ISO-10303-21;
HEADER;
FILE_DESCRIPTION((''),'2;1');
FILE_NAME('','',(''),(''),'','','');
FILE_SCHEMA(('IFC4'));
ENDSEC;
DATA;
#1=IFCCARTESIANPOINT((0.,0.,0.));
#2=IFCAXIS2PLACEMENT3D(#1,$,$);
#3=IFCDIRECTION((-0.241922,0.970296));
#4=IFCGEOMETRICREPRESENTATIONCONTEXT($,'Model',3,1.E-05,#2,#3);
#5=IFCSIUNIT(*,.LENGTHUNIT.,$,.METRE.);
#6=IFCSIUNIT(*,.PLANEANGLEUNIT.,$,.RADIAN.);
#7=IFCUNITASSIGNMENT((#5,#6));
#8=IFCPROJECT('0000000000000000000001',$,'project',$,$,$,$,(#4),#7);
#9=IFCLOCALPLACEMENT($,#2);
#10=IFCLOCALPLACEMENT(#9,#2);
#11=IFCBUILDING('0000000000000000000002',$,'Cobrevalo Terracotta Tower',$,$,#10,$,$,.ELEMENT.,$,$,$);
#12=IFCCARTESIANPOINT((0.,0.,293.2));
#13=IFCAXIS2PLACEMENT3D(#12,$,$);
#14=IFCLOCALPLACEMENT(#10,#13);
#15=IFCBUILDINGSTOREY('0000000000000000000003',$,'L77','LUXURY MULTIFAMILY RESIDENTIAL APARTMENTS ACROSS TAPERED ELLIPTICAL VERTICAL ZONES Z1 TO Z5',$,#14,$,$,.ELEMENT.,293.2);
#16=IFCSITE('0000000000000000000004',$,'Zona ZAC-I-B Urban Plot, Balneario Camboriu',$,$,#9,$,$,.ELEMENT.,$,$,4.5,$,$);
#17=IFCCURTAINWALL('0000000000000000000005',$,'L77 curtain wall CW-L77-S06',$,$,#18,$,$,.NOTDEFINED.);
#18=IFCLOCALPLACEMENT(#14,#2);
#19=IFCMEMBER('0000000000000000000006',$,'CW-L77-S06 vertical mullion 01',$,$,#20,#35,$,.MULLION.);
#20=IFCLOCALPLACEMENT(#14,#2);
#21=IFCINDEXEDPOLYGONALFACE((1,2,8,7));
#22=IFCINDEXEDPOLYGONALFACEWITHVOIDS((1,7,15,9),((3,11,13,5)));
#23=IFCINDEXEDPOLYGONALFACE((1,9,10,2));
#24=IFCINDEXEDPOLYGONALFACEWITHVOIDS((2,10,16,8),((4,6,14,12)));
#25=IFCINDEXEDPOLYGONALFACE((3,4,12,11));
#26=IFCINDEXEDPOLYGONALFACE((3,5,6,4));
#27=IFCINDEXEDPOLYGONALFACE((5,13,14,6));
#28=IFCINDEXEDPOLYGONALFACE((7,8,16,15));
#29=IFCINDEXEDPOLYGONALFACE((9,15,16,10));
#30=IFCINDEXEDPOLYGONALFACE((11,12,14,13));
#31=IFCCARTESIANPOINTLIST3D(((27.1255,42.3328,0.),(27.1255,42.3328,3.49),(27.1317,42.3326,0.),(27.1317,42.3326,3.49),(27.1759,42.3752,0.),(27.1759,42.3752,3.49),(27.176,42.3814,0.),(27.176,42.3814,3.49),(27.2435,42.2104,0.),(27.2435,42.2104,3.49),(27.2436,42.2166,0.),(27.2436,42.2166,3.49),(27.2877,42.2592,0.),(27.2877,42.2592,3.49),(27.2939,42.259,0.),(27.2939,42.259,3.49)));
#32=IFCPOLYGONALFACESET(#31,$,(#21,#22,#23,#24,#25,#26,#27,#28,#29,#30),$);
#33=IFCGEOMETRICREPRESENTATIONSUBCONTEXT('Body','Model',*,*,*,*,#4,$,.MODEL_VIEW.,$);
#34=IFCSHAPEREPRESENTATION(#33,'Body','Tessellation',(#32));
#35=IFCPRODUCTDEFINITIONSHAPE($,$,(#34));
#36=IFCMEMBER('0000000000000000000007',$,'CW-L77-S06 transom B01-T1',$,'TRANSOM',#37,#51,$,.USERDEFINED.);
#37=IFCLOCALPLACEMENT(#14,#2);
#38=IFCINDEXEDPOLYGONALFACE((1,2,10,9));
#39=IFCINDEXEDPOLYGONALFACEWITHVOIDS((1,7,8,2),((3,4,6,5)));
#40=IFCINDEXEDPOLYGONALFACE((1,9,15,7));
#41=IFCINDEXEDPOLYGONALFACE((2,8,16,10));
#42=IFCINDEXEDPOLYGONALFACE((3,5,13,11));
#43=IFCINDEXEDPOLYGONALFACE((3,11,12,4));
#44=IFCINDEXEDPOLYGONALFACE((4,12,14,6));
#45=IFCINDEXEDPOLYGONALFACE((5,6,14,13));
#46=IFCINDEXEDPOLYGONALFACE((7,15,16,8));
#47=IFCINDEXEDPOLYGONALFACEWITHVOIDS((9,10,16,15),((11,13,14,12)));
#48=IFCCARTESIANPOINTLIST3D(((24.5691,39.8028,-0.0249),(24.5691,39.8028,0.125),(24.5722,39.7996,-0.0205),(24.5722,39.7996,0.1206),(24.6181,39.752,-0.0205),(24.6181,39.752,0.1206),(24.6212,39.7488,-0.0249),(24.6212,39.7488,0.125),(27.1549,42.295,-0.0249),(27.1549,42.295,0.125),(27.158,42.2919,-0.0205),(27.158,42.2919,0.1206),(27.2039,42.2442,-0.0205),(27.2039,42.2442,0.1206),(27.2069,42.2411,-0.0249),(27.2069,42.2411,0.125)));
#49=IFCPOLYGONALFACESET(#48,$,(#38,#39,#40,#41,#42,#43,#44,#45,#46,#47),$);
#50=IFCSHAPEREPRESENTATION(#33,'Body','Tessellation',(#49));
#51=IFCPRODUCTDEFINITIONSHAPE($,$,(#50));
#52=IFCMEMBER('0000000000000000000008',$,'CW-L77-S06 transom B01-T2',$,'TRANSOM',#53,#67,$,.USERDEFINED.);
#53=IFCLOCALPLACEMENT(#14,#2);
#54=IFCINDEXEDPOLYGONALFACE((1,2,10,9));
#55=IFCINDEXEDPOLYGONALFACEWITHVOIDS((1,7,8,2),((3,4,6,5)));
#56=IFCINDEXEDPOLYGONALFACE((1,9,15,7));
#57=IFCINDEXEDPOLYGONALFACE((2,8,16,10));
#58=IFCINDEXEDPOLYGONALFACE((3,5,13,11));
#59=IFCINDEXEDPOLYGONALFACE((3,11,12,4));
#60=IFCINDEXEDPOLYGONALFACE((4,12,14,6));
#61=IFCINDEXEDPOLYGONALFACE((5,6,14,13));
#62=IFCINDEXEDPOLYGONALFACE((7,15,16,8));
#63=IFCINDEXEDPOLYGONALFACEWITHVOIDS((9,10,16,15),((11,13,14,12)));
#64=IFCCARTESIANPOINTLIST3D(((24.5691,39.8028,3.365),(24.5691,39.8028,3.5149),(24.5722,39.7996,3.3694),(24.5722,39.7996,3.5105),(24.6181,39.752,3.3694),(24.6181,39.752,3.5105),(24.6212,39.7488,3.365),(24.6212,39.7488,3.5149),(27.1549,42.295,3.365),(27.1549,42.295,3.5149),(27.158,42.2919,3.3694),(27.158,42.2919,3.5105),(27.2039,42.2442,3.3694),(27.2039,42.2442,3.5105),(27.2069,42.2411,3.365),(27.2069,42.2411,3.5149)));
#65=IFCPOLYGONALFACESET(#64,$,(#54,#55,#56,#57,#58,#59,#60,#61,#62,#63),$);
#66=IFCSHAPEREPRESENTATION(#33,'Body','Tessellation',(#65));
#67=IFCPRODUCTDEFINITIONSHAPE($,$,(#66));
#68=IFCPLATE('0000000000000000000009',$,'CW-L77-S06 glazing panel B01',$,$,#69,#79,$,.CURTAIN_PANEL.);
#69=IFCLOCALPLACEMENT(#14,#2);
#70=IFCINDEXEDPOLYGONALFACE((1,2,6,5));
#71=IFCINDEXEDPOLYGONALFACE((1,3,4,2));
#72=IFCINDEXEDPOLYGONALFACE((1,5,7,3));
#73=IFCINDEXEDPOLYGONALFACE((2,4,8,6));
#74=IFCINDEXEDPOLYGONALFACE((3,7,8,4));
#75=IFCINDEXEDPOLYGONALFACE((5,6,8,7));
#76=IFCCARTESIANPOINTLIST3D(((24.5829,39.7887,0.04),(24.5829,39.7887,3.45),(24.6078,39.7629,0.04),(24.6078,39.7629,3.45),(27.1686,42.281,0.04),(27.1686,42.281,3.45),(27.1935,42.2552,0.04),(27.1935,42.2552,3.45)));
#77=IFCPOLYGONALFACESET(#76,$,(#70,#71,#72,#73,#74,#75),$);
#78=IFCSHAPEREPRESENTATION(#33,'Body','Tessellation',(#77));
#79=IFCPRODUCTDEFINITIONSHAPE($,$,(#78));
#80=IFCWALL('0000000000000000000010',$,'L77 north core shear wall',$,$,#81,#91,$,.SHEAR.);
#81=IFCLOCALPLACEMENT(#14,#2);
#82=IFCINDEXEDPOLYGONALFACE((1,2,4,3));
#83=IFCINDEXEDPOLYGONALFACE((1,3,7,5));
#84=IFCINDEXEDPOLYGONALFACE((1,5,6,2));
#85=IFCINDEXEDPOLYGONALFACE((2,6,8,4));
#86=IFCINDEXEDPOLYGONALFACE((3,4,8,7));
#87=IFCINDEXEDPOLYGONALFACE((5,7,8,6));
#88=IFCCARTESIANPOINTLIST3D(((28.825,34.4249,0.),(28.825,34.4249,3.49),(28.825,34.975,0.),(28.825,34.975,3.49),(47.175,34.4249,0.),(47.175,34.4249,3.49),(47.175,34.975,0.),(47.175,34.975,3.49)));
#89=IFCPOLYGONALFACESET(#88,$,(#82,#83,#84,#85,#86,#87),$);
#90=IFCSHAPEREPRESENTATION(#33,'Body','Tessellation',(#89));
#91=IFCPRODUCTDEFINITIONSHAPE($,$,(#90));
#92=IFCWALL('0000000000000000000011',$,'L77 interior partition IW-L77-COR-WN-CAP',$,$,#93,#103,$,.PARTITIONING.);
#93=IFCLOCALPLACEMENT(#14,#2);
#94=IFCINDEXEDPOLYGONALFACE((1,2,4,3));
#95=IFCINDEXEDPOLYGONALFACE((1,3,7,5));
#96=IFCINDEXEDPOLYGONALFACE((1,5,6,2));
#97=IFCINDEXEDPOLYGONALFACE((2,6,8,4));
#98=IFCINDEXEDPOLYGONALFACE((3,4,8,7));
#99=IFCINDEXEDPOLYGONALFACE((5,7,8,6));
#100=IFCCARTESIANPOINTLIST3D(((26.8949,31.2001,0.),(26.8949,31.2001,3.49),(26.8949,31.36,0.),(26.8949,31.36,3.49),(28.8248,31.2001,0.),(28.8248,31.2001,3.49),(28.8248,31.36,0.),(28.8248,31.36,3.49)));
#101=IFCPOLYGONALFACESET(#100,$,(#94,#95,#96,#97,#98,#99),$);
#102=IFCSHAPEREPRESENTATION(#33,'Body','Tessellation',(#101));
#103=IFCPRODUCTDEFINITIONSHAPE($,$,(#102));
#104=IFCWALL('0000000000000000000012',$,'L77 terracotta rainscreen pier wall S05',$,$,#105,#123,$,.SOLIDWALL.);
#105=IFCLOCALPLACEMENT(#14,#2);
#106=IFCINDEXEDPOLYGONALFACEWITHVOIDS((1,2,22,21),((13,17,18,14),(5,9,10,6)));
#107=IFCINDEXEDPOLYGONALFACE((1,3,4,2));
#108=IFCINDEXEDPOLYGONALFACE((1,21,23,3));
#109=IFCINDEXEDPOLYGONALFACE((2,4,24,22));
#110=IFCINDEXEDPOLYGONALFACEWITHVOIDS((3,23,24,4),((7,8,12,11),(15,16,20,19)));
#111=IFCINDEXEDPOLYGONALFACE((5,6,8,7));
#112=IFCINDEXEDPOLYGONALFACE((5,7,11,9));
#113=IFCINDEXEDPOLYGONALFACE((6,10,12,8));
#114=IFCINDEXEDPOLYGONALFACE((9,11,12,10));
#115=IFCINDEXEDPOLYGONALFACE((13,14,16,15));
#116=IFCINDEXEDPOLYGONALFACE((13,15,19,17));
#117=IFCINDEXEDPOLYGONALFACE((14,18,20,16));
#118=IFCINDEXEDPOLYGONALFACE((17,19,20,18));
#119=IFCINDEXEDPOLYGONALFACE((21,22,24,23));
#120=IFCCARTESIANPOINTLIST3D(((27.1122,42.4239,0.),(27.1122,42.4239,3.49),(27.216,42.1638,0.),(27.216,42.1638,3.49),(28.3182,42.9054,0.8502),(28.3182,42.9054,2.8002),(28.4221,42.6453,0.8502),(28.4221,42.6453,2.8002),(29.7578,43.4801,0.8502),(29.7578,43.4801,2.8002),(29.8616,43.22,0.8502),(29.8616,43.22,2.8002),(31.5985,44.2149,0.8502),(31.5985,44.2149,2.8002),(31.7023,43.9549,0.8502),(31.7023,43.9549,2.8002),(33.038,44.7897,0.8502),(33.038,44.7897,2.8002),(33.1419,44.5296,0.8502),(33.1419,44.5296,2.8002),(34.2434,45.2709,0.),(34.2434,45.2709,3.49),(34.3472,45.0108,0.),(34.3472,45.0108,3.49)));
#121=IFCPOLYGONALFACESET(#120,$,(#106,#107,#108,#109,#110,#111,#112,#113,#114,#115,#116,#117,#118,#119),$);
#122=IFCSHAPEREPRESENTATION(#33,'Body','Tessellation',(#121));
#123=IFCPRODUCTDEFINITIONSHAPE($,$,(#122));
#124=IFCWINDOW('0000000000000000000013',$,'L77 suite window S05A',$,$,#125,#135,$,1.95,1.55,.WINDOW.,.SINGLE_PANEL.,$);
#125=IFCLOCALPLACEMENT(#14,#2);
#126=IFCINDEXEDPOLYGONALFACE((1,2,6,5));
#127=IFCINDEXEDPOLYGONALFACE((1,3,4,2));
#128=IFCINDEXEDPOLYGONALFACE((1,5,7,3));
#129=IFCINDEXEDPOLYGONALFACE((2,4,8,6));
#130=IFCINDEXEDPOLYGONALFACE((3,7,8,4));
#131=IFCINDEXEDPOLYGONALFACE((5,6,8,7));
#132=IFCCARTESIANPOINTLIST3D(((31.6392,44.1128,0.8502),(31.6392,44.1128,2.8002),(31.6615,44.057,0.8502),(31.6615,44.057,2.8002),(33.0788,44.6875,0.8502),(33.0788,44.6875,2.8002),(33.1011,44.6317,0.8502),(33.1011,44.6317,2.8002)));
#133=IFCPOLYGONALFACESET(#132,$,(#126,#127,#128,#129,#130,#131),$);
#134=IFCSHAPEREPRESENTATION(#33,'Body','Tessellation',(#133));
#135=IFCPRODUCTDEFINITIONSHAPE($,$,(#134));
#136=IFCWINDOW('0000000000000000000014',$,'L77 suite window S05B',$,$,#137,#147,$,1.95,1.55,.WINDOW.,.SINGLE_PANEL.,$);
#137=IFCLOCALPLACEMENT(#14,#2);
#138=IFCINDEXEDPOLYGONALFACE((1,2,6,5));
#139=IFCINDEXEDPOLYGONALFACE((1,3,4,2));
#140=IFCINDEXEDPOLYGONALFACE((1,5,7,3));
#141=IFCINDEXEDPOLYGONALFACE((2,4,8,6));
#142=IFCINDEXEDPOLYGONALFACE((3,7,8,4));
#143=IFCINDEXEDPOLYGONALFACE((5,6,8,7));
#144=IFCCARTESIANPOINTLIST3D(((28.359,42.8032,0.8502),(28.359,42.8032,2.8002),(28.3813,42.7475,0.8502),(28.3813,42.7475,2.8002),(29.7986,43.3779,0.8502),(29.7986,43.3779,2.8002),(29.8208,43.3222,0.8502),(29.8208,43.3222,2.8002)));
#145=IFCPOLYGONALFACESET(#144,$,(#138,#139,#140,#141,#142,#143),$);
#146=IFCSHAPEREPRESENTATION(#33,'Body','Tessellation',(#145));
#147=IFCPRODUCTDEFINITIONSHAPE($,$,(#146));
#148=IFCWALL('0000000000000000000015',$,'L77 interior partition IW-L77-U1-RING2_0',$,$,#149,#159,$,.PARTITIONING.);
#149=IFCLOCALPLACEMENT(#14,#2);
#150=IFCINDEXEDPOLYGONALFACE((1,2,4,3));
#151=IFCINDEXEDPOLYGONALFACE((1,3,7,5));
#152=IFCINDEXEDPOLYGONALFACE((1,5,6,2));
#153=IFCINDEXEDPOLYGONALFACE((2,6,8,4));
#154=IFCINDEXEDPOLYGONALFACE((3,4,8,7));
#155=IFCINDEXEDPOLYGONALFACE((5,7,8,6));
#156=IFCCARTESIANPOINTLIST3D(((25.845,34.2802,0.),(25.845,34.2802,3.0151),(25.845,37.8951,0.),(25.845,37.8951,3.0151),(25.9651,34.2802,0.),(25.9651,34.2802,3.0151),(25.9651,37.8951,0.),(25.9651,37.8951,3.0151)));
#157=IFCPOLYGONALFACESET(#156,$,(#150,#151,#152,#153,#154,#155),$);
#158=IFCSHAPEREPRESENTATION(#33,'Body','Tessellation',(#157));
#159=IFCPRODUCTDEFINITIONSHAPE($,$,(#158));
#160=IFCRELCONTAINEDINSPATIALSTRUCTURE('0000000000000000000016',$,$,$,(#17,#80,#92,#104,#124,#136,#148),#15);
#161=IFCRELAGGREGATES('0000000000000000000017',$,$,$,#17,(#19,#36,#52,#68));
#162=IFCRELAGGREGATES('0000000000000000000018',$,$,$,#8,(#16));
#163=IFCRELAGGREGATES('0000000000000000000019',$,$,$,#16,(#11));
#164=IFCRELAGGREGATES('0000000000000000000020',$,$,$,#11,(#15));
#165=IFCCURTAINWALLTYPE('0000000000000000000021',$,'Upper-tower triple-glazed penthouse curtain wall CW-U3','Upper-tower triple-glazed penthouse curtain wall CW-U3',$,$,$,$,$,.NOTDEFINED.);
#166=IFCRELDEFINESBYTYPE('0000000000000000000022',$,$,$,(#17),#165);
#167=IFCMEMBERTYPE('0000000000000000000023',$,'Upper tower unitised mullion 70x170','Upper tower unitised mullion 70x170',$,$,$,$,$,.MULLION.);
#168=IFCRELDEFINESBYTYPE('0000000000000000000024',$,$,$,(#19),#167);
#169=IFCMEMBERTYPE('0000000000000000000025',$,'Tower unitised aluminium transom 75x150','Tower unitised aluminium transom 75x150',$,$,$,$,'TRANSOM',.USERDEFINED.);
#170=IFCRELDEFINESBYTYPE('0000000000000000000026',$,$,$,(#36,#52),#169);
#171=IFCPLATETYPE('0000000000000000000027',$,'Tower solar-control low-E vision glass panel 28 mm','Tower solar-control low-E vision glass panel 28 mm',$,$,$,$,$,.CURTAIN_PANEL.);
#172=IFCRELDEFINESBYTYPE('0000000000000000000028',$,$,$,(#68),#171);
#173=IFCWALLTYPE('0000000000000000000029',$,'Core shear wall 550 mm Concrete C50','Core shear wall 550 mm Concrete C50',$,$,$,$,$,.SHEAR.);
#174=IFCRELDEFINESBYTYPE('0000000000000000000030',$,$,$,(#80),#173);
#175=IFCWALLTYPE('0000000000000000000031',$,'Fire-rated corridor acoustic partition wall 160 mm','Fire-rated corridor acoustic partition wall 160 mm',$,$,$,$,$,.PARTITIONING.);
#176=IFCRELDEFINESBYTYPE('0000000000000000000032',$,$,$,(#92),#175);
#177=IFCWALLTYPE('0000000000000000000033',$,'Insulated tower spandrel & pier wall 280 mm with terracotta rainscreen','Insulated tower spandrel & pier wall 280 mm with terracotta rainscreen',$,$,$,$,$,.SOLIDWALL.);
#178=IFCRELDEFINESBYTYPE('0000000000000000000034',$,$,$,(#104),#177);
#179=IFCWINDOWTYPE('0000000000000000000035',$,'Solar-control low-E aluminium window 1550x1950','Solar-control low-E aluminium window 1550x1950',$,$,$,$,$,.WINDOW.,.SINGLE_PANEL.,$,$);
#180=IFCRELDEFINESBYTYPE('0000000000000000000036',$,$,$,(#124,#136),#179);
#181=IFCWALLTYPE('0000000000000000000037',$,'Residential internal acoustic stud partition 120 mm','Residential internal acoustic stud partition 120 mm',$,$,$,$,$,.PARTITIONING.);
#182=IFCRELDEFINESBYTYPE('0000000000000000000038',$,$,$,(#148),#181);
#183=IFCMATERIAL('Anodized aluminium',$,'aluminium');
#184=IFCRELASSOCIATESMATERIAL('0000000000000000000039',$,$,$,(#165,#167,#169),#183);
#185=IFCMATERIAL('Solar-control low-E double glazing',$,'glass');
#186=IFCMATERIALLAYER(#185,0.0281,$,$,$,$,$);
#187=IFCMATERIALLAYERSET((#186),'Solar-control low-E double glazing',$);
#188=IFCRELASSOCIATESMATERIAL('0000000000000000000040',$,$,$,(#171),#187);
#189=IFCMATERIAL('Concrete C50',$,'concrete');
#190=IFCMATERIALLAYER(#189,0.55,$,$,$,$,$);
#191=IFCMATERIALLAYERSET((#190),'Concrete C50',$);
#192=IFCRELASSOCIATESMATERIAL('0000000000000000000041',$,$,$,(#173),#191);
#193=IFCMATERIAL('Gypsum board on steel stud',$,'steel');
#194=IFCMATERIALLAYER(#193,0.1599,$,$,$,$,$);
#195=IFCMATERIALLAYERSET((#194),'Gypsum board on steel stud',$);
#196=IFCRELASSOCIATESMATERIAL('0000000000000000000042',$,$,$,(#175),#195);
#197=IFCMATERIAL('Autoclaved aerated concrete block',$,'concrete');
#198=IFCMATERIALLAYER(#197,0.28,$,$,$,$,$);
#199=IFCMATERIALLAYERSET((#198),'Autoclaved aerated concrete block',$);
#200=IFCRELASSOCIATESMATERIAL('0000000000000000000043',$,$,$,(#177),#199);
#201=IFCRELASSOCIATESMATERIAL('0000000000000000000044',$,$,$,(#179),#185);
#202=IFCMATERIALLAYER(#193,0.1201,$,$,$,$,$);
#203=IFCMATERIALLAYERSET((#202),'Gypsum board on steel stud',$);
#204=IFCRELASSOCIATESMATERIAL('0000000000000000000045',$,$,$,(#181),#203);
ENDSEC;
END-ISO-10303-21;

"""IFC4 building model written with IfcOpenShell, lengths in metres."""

from ifc_helpers import new_model, si_unit, direction, frame, frame_2d, origin, origin_2d, place, context, subcontext, project, spatial, rectangle, hollow_rectangle, extrude, source, transform, mapped, material, layer, layer_set, material_profile, profile_set, type_object, element, fill, aggregate, save


model = new_model("IFC4")

# Units and contexts
model_context = context("Model", 3, precision=1e-05, world=origin(), true_north=direction((-0.241922, 0.970296)))
body_context = subcontext(model_context, "Body", "Model", "MODEL_VIEW")
ifc_project = project(units=[si_unit("LENGTHUNIT", "METRE"), si_unit("PLANEANGLEUNIT", "RADIAN")], contexts=[model_context])

# Site, building, storey
site_placement = place(None, origin())
site = spatial("IfcSite", under=ifc_project, at=site_placement, Name="Zona ZAC-I-B Urban Plot, Balneario Camboriu", CompositionType="ELEMENT", RefElevation=4.5)
building_placement = place(site_placement, origin())
building = spatial("IfcBuilding", under=site, at=building_placement, Name="Cobrevalo Terracotta Tower", CompositionType="ELEMENT")
storey_placement = place(building_placement, frame((0.0, 0.0, 293.2)))
storey = spatial("IfcBuildingStorey", under=building, at=storey_placement, Name="L77", Description="LUXURY MULTIFAMILY RESIDENTIAL APARTMENTS ACROSS TAPERED ELLIPTICAL VERTICAL ZONES Z1 TO Z5", CompositionType="ELEMENT", Elevation=293.2)

# Shared definitions
ifc_material_1 = material(Name="Concrete C50", Category="concrete")

# Curtain wall, members, plate
ifc_material_2 = material(Name="Anodized aluminium", Category="aluminium")
curtain_wall_type = type_object("IfcCurtainWallType", Name="Upper-tower triple-glazed penthouse curtain wall CW-U3", Description="Upper-tower triple-glazed penthouse curtain wall CW-U3", PredefinedType="NOTDEFINED", material=ifc_material_2)
curtain_wall_placement = place(storey_placement, origin())
curtain_wall = element("IfcCurtainWall", 1, at=curtain_wall_placement, inside=storey, type_object=curtain_wall_type, Name="L77 curtain wall CW-L77-S06", PredefinedType="NOTDEFINED")
ifc_material_profile_1 = material_profile(ifc_material_2, hollow_rectangle(XDim=0.0701, YDim=0.1699, WallThickness=0.0044, at=origin_2d()), Name="CWM 70x170")
ifc_profile_set_1 = profile_set([ifc_material_profile_1], Name="Anodized aluminium")
member_type_1 = type_object("IfcMemberType", Name="Upper tower unitised mullion 70x170", Description="Upper tower unitised mullion 70x170", PredefinedType="MULLION", material=ifc_profile_set_1)
shared_shape_1 = source(origin(), body_context, "Body", "SweptSolid", [
    extrude(hollow_rectangle(XDim=0.0701, YDim=0.1699, WallThickness=0.0044, at=origin_2d()), origin(), (0.0, 0.0, 1.0), 3.49),
])
member_1_placement = place(storey_placement, frame((27.2097, 42.2959, 0.0), z_axis=(0.0, 0.0, 1.0), x_axis=(-0.719994, -0.69398, 0.0)))
member_1 = element("IfcMember", 2, at=member_1_placement, type_object=member_type_1, Name="CW-L77-S06 vertical mullion 01", PredefinedType="MULLION", context=body_context, shape_type="MappedRepresentation", body=[
    mapped(shared_shape_1, transform((0.0, 0.0, 0.0), scale=1.0)),
])
ifc_material_profile_2 = material_profile(ifc_material_2, hollow_rectangle(XDim=0.075, YDim=0.1499, WallThickness=0.0044, at=origin_2d()), Name="CWT 75x150")
ifc_profile_set_2 = profile_set([ifc_material_profile_2], Name="Anodized aluminium")
member_type_2 = type_object("IfcMemberType", Name="Tower unitised aluminium transom 75x150", Description="Tower unitised aluminium transom 75x150", ElementType="TRANSOM", PredefinedType="USERDEFINED", material=ifc_profile_set_2)
shared_shape_2 = source(origin(), body_context, "Body", "SweptSolid", [
    extrude(hollow_rectangle(XDim=0.075, YDim=0.1499, WallThickness=0.0044, at=origin_2d()), origin(), (0.0, 0.0, 1.0), 3.5913),
])
member_2_placement = place(storey_placement, frame((27.1809, 42.2681, 0.05), z_axis=(-0.720006, -0.693968, 0.0), x_axis=(0.693968, -0.720006, 0.0)))
member_2 = element("IfcMember", 3, at=member_2_placement, type_object=member_type_2, Name="CW-L77-S06 transom B01-T1", ObjectType="TRANSOM", PredefinedType="USERDEFINED", context=body_context, shape_type="MappedRepresentation", body=[
    mapped(shared_shape_2, transform((0.0, 0.0, 0.0), scale=1.0)),
])
member_3_placement = place(storey_placement, frame((27.1809, 42.2681, 3.4399), z_axis=(-0.720006, -0.693968, 0.0), x_axis=(0.693968, -0.720006, 0.0)))
member_3 = element("IfcMember", 4, at=member_3_placement, type_object=member_type_2, Name="CW-L77-S06 transom B01-T2", ObjectType="TRANSOM", PredefinedType="USERDEFINED", context=body_context, shape_type="MappedRepresentation", body=[
    mapped(shared_shape_2, transform((0.0, 0.0, 0.0), scale=1.0)),
])
ifc_material_3 = material(Name="Solar-control low-E double glazing", Category="glass")
ifc_layer_1 = layer(ifc_material_3, 0.0281)
ifc_layer_set_1 = layer_set([ifc_layer_1], Name="Solar-control low-E double glazing")
plate_type = type_object("IfcPlateType", Name="Tower solar-control low-E vision glass panel 28 mm", Description="Tower solar-control low-E vision glass panel 28 mm", PredefinedType="CURTAIN_PANEL", material=ifc_layer_set_1)
shared_shape_3 = source(origin(), body_context, "Body", "SweptSolid", [
    extrude(rectangle(XDim=3.5913, YDim=0.0359, at=origin_2d()), origin(), (0.0, 0.0, 1.0), 3.4099),
])
plate_placement = place(storey_placement, frame((25.8882, 41.022, 0.04), z_axis=(0.0, 0.0, 1.0), x_axis=(-0.719997, -0.693978, 0.0)))
plate = element("IfcPlate", 5, at=plate_placement, type_object=plate_type, Name="CW-L77-S06 glazing panel B01", PredefinedType="CURTAIN_PANEL", context=body_context, shape_type="MappedRepresentation", body=[
    mapped(shared_shape_3, transform((0.0, 0.0, 0.0), scale=1.0)),
])
aggregate(curtain_wall, [member_1, member_2, member_3, plate])

# Walls
ifc_layer_2 = layer(ifc_material_1, 0.55)
ifc_layer_set_2 = layer_set([ifc_layer_2], Name="Concrete C50")
wall_type_1 = type_object("IfcWallType", Name="Core shear wall 550 mm Concrete C50", Description="Core shear wall 550 mm Concrete C50", PredefinedType="SHEAR", material=ifc_layer_set_2)
wall_1_placement = place(storey_placement, frame((28.825, 34.7, 0.0), z_axis=(0.0, 0.0, 1.0), x_axis=(1.0, 0.0, 0.0)))
element("IfcWall", 6, at=wall_1_placement, inside=storey, type_object=wall_type_1, Name="L77 north core shear wall", PredefinedType="SHEAR", context=body_context, shape_type="SweptSolid", body=[
    extrude(rectangle(XDim=18.3501, YDim=0.55, at=frame_2d((9.175, 0.0))), origin(), (0.0, 0.0, 1.0), 3.49),
])
ifc_material_4 = material(Name="Gypsum board on steel stud", Category="steel")
ifc_layer_3 = layer(ifc_material_4, 0.1599)
ifc_layer_set_3 = layer_set([ifc_layer_3], Name="Gypsum board on steel stud")
wall_type_2 = type_object("IfcWallType", Name="Fire-rated corridor acoustic partition wall 160 mm", Description="Fire-rated corridor acoustic partition wall 160 mm", PredefinedType="PARTITIONING", material=ifc_layer_set_3)
wall_2_placement = place(storey_placement, frame((26.895, 31.28, 0.0), z_axis=(0.0, 0.0, 1.0), x_axis=(1.0, 0.0, 0.0)))
element("IfcWall", 7, at=wall_2_placement, inside=storey, type_object=wall_type_2, Name="L77 interior partition IW-L77-COR-WN-CAP", PredefinedType="PARTITIONING", context=body_context, shape_type="SweptSolid", body=[
    extrude(rectangle(XDim=1.9299, YDim=0.1599, at=frame_2d((0.9648, 0.0))), origin(), (0.0, 0.0, 1.0), 3.49),
])

# Wall, openings, windows
ifc_material_5 = material(Name="Autoclaved aerated concrete block", Category="concrete")
ifc_layer_4 = layer(ifc_material_5, 0.28)
ifc_layer_set_4 = layer_set([ifc_layer_4], Name="Autoclaved aerated concrete block")
wall_type_3 = type_object("IfcWallType", Name="Insulated tower spandrel & pier wall 280 mm with terracotta rainscreen", Description="Insulated tower spandrel & pier wall 280 mm with terracotta rainscreen", PredefinedType="SOLIDWALL", material=ifc_layer_set_4)
wall_3_placement = place(storey_placement, frame((34.2954, 45.1409, 0.0), z_axis=(0.0, 0.0, 1.0), x_axis=(-0.928724, -0.370771, 0.0)))
wall_3 = element("IfcWall", 8, at=wall_3_placement, inside=storey, type_object=wall_type_3, Name="L77 terracotta rainscreen pier wall S05", PredefinedType="SOLIDWALL", context=body_context, shape_type="SweptSolid", body=[
    extrude(rectangle(XDim=7.6785, YDim=0.28, at=frame_2d((3.8394, 0.0))), origin(), (0.0, 0.0, 1.0), 3.49),
])
opening_1_placement = place(wall_3_placement, frame((1.2981, 0.0, 0.8501)))
opening_1 = element("IfcOpeningElement", 9, at=opening_1_placement, cuts=wall_3, PredefinedType="OPENING", context=body_context, shape_type="SweptSolid", body=[
    extrude(rectangle(XDim=1.55, YDim=1.95, at=frame_2d((0.7749, 0.9751))), frame((0.0, 0.1499, 0.0), z_axis=(0.0, -1.0, 0.0), x_axis=(1.0, 0.0, 0.0)), (0.0, 0.0, 1.0), 0.3),
])
opening_2_placement = place(wall_3_placement, frame((4.8301, 0.0, 0.8501)))
opening_2 = element("IfcOpeningElement", 10, at=opening_2_placement, cuts=wall_3, PredefinedType="OPENING", context=body_context, shape_type="SweptSolid", body=[
    extrude(rectangle(XDim=1.55, YDim=1.95, at=frame_2d((0.7749, 0.9751))), frame((0.0, 0.1499, 0.0), z_axis=(0.0, -1.0, 0.0), x_axis=(1.0, 0.0, 0.0)), (0.0, 0.0, 1.0), 0.3),
])
window_type = type_object("IfcWindowType", Name="Solar-control low-E aluminium window 1550x1950", Description="Solar-control low-E aluminium window 1550x1950", PartitioningType="SINGLE_PANEL", PredefinedType="WINDOW", material=ifc_material_3)
shared_shape_4 = source(origin(), body_context, "Body", "SweptSolid", [
    extrude(rectangle(XDim=1.55, YDim=1.95, at=frame_2d((0.7749, 0.9751))), frame((0.0, 0.03, 0.0), z_axis=(0.0, -1.0, 0.0), x_axis=(1.0, 0.0, 0.0)), (0.0, 0.0, 1.0), 0.0601),
])
window_1_placement = place(opening_1_placement, origin())
window_1 = element("IfcWindow", 11, at=window_1_placement, inside=storey, type_object=window_type, Name="L77 suite window S05A", OverallHeight=1.95, OverallWidth=1.55, PartitioningType="SINGLE_PANEL", PredefinedType="WINDOW", context=body_context, shape_type="MappedRepresentation", body=[
    mapped(shared_shape_4, transform((0.0, 0.0, 0.0), scale=1.0)),
])
fill(opening_1, window_1)
window_2_placement = place(opening_2_placement, origin())
window_2 = element("IfcWindow", 12, at=window_2_placement, inside=storey, type_object=window_type, Name="L77 suite window S05B", OverallHeight=1.95, OverallWidth=1.55, PartitioningType="SINGLE_PANEL", PredefinedType="WINDOW", context=body_context, shape_type="MappedRepresentation", body=[
    mapped(shared_shape_4, transform((0.0, 0.0, 0.0), scale=1.0)),
])
fill(opening_2, window_2)

# Wall
ifc_layer_5 = layer(ifc_material_4, 0.1201)
ifc_layer_set_5 = layer_set([ifc_layer_5], Name="Gypsum board on steel stud")
wall_type_4 = type_object("IfcWallType", Name="Residential internal acoustic stud partition 120 mm", Description="Residential internal acoustic stud partition 120 mm", PredefinedType="PARTITIONING", material=ifc_layer_set_5)
wall_4_placement = place(storey_placement, frame((25.905, 34.28, 0.0), z_axis=(0.0, 0.0, 1.0), x_axis=(0.0, 1.0, 0.0)))
element("IfcWall", 13, at=wall_4_placement, inside=storey, type_object=wall_type_4, Name="L77 interior partition IW-L77-U1-RING2_0", PredefinedType="PARTITIONING", context=body_context, shape_type="SweptSolid", body=[
    extrude(rectangle(XDim=3.615, YDim=0.1201, at=frame_2d((1.8076, 0.0))), origin(), (0.0, 0.0, 1.0), 3.0151),
])

save(model, "model.ifc")
